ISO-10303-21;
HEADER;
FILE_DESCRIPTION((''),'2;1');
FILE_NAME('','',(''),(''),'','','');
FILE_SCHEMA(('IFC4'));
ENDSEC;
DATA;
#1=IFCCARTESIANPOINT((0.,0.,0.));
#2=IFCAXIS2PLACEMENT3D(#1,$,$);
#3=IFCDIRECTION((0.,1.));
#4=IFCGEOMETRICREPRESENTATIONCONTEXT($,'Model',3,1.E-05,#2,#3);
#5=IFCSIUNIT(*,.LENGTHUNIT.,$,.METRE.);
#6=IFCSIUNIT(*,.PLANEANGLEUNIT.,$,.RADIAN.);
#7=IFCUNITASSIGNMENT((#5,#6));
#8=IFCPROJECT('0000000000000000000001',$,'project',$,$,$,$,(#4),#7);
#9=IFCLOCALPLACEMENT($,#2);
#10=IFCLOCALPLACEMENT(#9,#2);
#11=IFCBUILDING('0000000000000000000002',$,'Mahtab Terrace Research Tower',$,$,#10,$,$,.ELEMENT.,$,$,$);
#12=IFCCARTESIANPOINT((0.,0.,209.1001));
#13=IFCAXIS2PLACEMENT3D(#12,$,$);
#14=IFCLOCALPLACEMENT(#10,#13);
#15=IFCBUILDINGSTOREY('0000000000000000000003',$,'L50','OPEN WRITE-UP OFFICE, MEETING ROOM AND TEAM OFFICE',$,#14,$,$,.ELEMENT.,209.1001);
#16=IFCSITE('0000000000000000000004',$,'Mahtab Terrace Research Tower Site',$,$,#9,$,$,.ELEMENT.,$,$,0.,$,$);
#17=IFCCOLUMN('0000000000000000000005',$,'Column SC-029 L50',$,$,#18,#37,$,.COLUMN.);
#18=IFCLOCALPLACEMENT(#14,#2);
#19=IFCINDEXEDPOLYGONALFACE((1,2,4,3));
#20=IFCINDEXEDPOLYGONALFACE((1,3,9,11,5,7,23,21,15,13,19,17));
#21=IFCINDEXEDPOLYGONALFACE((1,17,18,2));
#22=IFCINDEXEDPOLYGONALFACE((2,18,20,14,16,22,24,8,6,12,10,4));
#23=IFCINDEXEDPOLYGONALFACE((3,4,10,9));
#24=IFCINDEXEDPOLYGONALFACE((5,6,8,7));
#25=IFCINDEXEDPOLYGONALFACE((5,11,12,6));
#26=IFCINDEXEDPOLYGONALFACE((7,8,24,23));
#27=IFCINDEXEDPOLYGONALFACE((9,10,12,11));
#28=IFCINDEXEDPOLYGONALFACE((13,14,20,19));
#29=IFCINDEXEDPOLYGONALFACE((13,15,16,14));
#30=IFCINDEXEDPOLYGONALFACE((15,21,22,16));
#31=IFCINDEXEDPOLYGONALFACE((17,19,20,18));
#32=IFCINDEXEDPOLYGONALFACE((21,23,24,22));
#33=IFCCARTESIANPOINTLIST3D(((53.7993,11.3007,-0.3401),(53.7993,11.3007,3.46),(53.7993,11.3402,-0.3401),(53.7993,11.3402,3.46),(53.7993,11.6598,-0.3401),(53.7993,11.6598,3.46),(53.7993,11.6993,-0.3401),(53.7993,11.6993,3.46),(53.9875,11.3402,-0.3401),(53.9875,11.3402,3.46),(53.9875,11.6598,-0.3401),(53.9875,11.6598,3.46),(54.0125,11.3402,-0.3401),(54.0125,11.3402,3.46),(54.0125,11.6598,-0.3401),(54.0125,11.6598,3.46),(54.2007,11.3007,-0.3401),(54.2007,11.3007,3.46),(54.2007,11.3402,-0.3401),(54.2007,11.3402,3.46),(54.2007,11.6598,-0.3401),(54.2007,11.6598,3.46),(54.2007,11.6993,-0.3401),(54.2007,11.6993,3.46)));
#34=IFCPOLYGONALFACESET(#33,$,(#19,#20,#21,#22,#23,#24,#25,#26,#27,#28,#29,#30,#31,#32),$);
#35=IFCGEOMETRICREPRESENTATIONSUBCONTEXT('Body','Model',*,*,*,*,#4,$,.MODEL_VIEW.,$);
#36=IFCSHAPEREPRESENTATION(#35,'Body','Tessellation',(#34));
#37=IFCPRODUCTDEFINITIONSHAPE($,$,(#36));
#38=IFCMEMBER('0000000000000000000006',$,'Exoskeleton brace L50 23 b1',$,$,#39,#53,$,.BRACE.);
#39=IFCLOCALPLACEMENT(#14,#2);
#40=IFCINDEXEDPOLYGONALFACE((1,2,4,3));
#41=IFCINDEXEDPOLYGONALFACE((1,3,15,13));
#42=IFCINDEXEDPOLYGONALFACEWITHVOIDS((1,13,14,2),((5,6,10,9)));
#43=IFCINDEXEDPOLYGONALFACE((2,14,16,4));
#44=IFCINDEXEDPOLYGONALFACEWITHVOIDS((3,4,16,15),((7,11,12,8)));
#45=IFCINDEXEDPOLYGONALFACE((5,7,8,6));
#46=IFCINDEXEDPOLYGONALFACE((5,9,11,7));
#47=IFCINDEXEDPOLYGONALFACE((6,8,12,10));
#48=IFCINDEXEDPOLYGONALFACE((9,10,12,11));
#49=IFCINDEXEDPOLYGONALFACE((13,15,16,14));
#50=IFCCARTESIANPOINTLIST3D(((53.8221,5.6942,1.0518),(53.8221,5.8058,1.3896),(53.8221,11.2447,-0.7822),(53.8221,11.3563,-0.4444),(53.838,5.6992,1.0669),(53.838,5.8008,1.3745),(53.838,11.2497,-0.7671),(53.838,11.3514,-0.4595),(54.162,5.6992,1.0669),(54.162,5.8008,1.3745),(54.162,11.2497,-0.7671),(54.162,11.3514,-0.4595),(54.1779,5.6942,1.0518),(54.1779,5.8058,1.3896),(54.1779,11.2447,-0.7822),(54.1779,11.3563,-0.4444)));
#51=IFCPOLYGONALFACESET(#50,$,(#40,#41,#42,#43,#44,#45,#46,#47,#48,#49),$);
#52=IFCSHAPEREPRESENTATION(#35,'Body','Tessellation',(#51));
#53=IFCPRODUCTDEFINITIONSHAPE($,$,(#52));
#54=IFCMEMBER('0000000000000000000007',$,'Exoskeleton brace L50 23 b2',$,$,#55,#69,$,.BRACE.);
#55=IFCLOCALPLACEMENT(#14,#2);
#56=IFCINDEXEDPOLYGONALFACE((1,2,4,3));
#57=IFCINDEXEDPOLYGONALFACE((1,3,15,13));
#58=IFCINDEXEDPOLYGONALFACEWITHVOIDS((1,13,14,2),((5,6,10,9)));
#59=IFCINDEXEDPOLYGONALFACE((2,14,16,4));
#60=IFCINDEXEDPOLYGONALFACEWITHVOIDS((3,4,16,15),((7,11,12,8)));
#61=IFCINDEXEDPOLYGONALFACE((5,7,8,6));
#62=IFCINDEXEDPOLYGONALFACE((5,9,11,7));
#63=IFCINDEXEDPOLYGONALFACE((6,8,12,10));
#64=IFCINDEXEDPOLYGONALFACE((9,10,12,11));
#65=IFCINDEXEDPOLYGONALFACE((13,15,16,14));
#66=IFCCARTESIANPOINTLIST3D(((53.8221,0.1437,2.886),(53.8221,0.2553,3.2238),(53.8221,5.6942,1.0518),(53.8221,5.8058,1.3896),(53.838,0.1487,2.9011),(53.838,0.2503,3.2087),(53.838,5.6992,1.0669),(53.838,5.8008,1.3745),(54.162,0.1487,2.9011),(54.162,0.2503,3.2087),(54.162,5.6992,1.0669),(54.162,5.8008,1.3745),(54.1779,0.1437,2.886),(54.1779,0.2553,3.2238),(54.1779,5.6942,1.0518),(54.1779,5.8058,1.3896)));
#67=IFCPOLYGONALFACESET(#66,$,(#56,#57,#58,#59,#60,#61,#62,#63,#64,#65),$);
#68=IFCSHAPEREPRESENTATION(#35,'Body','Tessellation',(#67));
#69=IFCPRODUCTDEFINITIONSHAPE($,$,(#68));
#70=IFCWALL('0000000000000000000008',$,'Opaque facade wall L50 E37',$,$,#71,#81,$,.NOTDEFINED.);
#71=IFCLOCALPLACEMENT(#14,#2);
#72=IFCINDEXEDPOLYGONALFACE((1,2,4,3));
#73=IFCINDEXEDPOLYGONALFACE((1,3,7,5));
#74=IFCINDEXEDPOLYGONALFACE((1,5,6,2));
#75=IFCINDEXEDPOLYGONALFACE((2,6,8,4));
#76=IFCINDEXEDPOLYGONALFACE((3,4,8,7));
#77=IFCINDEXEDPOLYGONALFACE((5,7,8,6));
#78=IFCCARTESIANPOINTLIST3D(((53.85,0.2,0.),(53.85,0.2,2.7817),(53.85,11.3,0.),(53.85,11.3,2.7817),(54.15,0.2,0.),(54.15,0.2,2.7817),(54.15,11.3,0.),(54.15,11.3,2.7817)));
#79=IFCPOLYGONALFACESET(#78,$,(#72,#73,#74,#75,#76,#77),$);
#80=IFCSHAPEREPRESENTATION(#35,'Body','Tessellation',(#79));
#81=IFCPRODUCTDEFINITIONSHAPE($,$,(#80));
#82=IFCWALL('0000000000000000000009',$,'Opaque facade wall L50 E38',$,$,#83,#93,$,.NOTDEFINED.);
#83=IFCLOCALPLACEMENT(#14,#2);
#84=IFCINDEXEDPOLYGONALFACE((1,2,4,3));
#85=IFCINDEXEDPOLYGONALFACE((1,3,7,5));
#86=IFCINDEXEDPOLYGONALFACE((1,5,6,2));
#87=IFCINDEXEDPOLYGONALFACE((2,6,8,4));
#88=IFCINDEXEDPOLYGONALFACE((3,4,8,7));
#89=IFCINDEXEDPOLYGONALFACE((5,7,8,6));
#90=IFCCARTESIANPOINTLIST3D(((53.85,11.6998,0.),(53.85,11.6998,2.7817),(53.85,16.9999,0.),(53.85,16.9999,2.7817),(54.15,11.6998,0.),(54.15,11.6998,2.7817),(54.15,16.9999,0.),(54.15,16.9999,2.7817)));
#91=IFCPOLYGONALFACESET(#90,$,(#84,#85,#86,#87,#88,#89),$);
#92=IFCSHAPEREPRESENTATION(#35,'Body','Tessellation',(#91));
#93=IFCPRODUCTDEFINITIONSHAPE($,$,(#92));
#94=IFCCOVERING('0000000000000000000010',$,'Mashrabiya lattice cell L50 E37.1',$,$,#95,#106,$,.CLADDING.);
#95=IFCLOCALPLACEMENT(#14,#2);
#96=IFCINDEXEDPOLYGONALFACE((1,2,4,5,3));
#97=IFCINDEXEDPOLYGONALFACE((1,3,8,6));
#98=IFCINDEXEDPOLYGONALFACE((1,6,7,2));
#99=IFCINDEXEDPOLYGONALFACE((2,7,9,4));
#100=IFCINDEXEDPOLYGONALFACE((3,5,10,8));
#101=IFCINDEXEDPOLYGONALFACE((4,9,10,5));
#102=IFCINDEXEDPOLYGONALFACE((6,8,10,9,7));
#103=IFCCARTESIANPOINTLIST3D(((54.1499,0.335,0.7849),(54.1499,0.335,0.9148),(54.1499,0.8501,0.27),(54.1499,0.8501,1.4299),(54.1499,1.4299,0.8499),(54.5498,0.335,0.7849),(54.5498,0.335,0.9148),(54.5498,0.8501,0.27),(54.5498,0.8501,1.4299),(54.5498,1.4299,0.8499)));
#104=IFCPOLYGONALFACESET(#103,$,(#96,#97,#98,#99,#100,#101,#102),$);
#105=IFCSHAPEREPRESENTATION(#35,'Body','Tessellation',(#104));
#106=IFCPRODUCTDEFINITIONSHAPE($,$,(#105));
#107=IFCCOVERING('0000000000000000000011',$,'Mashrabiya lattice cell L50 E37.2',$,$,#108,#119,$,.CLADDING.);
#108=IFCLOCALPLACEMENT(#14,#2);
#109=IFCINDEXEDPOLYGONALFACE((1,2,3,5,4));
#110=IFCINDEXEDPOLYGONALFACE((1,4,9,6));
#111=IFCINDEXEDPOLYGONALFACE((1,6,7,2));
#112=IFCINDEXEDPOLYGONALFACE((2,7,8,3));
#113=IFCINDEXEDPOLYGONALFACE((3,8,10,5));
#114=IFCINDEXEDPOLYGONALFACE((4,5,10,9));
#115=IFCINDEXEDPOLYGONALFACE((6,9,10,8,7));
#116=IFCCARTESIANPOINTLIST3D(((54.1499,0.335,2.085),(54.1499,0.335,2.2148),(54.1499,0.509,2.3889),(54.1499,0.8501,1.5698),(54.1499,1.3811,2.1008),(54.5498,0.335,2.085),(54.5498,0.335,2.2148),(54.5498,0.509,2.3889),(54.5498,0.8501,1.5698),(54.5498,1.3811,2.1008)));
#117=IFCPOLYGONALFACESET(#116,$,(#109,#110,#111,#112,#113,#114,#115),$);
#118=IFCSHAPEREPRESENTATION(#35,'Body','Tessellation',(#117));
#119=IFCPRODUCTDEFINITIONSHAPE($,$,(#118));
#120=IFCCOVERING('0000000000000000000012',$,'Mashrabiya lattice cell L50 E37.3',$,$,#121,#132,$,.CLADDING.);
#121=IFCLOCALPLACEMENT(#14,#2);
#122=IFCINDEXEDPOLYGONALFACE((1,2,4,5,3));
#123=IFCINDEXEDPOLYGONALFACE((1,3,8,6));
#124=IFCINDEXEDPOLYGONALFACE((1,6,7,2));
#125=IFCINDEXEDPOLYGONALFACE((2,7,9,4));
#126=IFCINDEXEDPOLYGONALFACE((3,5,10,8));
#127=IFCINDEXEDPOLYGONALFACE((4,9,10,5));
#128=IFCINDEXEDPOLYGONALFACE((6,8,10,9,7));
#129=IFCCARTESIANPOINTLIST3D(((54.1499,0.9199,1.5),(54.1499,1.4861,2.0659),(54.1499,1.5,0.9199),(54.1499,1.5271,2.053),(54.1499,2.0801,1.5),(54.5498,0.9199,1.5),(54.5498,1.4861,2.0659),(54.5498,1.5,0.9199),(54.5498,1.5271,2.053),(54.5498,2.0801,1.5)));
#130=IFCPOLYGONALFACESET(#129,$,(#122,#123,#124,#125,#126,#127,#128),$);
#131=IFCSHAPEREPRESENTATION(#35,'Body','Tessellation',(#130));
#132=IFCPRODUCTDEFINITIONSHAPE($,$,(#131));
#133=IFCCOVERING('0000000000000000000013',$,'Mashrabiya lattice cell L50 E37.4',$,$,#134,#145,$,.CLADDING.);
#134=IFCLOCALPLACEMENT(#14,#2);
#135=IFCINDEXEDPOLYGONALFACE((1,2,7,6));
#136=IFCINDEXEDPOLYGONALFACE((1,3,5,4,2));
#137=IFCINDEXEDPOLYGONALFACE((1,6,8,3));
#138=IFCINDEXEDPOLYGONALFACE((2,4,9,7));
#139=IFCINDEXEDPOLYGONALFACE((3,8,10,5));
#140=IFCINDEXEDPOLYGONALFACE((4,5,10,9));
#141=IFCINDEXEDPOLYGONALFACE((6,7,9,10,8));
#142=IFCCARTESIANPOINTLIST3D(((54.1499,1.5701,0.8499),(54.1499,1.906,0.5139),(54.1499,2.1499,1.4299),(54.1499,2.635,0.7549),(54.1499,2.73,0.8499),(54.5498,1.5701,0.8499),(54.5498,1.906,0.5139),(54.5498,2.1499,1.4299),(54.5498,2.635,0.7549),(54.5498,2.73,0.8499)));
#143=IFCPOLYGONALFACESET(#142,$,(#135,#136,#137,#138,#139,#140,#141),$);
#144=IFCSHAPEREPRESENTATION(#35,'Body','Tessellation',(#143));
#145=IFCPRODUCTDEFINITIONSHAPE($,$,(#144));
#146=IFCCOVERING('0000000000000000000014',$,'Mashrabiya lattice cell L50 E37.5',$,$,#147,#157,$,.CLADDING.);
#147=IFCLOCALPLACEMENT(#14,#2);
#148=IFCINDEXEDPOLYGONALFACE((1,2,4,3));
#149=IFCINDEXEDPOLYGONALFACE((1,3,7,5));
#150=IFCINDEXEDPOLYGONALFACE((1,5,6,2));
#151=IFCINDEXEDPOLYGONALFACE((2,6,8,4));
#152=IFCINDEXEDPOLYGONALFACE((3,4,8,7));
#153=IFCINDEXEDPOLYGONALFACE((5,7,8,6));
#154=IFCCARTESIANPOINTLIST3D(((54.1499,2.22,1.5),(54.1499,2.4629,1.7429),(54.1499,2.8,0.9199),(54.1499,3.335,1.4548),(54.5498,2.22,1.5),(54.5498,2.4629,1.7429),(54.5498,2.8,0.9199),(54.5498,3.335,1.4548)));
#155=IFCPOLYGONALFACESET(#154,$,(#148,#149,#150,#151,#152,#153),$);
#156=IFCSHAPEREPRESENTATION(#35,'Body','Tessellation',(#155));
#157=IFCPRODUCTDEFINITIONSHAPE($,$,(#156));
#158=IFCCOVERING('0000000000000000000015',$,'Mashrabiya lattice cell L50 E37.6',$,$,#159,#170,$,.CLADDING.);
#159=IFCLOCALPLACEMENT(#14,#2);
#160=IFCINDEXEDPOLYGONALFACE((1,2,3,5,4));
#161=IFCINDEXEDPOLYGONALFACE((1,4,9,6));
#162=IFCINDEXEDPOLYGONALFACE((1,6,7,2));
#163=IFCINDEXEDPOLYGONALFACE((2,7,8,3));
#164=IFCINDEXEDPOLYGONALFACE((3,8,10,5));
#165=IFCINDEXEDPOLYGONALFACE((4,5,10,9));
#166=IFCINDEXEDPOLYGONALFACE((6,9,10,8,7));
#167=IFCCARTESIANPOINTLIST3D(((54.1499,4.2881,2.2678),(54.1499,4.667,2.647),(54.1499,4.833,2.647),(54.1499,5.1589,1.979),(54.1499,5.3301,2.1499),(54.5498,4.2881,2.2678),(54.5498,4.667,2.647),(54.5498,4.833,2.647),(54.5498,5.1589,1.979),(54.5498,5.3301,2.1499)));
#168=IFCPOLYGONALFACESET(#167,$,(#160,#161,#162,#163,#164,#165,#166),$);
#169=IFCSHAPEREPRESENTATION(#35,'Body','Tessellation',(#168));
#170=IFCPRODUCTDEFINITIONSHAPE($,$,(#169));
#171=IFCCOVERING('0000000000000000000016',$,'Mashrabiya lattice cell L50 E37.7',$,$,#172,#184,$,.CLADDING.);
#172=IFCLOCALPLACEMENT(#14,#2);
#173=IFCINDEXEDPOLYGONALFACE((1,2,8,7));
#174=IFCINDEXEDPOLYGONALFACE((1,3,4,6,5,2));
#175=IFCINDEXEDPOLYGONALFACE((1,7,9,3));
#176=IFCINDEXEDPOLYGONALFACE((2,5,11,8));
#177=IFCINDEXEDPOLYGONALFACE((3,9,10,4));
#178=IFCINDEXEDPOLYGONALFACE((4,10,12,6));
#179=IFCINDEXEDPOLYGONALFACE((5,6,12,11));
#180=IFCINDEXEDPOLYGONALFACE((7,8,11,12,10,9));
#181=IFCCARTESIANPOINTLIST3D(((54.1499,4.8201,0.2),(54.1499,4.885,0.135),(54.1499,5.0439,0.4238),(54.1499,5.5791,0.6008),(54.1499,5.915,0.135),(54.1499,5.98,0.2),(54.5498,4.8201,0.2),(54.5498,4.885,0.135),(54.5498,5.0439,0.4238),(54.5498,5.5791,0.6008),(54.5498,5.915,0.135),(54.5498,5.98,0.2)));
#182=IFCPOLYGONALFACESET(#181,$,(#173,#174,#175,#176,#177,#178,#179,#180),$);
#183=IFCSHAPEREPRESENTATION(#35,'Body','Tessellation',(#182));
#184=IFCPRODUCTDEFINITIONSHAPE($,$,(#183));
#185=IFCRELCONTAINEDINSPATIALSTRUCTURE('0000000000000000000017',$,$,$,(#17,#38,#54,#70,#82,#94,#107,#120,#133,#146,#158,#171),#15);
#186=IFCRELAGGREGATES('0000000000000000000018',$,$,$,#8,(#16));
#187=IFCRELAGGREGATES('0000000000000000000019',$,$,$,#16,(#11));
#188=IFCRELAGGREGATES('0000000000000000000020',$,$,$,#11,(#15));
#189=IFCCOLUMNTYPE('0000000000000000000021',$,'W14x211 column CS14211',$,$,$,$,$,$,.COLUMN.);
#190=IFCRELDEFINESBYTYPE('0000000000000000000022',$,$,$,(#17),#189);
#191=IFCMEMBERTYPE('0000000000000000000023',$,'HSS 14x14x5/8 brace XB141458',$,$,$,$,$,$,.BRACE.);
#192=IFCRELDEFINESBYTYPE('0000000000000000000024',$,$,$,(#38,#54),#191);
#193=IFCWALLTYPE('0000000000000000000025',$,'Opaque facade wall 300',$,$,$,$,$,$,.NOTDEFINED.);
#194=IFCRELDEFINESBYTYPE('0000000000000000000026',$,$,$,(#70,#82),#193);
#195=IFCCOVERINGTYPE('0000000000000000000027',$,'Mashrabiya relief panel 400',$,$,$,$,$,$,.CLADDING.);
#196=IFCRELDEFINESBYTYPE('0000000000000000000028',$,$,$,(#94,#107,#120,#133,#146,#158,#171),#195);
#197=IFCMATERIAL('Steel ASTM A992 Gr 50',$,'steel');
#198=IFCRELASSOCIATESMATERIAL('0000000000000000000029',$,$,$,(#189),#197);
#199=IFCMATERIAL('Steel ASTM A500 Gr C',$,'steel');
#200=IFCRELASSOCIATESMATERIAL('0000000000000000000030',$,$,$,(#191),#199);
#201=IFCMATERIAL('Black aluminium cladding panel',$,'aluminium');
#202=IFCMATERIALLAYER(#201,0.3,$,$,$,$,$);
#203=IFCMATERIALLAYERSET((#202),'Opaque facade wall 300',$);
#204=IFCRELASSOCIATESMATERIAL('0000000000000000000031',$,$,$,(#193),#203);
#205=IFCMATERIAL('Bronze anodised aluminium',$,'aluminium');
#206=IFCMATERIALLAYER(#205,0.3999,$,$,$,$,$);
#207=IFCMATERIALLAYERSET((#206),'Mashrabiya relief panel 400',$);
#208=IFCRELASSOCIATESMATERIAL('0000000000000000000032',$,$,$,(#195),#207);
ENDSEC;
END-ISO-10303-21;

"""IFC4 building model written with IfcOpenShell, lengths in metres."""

from ifc_helpers import new_model, si_unit, direction, frame, frame_2d, origin, origin_2d, place, context, subcontext, project, spatial, polyline, rectangle, hollow_rectangle, i_section, outline, extrude, material, layer, layer_set, material_profile, profile_set, type_object, element, save


model = new_model("IFC4")

# Units and contexts
model_context = context("Model", 3, precision=1e-05, world=origin(), true_north=direction((0.0, 1.0)))
body_context = subcontext(model_context, "Body", "Model", "MODEL_VIEW")
ifc_project = project(units=[si_unit("LENGTHUNIT", "METRE"), si_unit("PLANEANGLEUNIT", "RADIAN")], contexts=[model_context])

# Site, building, storey
site_placement = place(None, origin())
site = spatial("IfcSite", under=ifc_project, at=site_placement, Name="Mahtab Terrace Research Tower Site", CompositionType="ELEMENT", RefElevation=0.0)
building_placement = place(site_placement, origin())
building = spatial("IfcBuilding", under=site, at=building_placement, Name="Mahtab Terrace Research Tower", CompositionType="ELEMENT")
storey_placement = place(building_placement, frame((0.0, 0.0, 209.1001)))
storey = spatial("IfcBuildingStorey", under=building, at=storey_placement, Name="L50", Description="OPEN WRITE-UP OFFICE, MEETING ROOM AND TEAM OFFICE", CompositionType="ELEMENT", Elevation=209.1001)

# Column
ifc_material_1 = material(Name="Steel ASTM A992 Gr 50", Category="steel")
ifc_material_profile_1 = material_profile(ifc_material_1, i_section(OverallWidth=0.4014, OverallDepth=0.3987, WebThickness=0.0249, FlangeThickness=0.0396, at=origin_2d()), Name="W14X211")
ifc_profile_set_1 = profile_set([ifc_material_profile_1], Name="Steel ASTM A992 Gr 50")
column_type = type_object("IfcColumnType", Name="W14x211 column CS14211", PredefinedType="COLUMN", material=ifc_profile_set_1)
column_placement = place(storey_placement, frame((54.0, 11.5, -0.3401), z_axis=(0.0, 0.0, 1.0), x_axis=(1.0, 0.0, 0.0)))
element("IfcColumn", 1, at=column_placement, inside=storey, type_object=column_type, Name="Column SC-029 L50", PredefinedType="COLUMN", context=body_context, shape_type="SweptSolid", body=[
    extrude(i_section(OverallWidth=0.4014, OverallDepth=0.3987, WebThickness=0.0249, FlangeThickness=0.0396, at=origin_2d()), origin(), (0.0, 0.0, 1.0), 3.8),
])

# Members
ifc_material_2 = material(Name="Steel ASTM A500 Gr C", Category="steel")
ifc_material_profile_2 = material_profile(ifc_material_2, hollow_rectangle(XDim=0.3557, YDim=0.3557, WallThickness=0.0159, at=origin_2d()), Name="HSS14X14X5/8")
ifc_profile_set_2 = profile_set([ifc_material_profile_2], Name="Steel ASTM A500 Gr C")
member_type = type_object("IfcMemberType", Name="HSS 14x14x5/8 brace XB141458", PredefinedType="BRACE", material=ifc_profile_set_2)
for number, where, z_axis, x_axis, name in (
    (2, (54.0, 11.3005, -0.6133), (0.0, -0.949511, 0.313733), (1.0, 0.0, 0.0), "Exoskeleton brace L50 23 b1"),
    (3, (54.0, 5.75, 1.2207), (0.0, -0.949499, 0.313771), (1.0, 0.0, 0.0), "Exoskeleton brace L50 23 b2"),
):
    element("IfcMember", number, at=place(storey_placement, frame(where, z_axis=z_axis, x_axis=x_axis)), inside=storey, type_object=member_type, Name=name, PredefinedType="BRACE", context=body_context, shape_type="SweptSolid", body=[
        extrude(hollow_rectangle(XDim=0.3557, YDim=0.3557, WallThickness=0.0159, at=origin_2d()), origin(), (0.0, 0.0, 1.0), 5.8457),
    ])

# Walls
ifc_material_3 = material(Name="Black aluminium cladding panel", Category="aluminium")
ifc_layer_1 = layer(ifc_material_3, 0.3)
ifc_layer_set_1 = layer_set([ifc_layer_1], Name="Opaque facade wall 300")
wall_type = type_object("IfcWallType", Name="Opaque facade wall 300", PredefinedType="NOTDEFINED", material=ifc_layer_set_1)
wall_1_placement = place(storey_placement, frame((54.0, 0.2, 0.0), z_axis=(0.0, 0.0, 1.0), x_axis=(0.0, 1.0, 0.0)))
element("IfcWall", 4, at=wall_1_placement, inside=storey, type_object=wall_type, Name="Opaque facade wall L50 E37", PredefinedType="NOTDEFINED", context=body_context, shape_type="SweptSolid", body=[
    extrude(rectangle(XDim=11.1001, YDim=0.3, at=frame_2d((5.55, 0.0))), origin(), (0.0, 0.0, 1.0), 2.7817),
])
wall_2_placement = place(storey_placement, frame((54.0, 11.7, 0.0), z_axis=(0.0, 0.0, 1.0), x_axis=(0.0, 1.0, 0.0)))
element("IfcWall", 5, at=wall_2_placement, inside=storey, type_object=wall_type, Name="Opaque facade wall L50 E38", PredefinedType="NOTDEFINED", context=body_context, shape_type="SweptSolid", body=[
    extrude(rectangle(XDim=5.3, YDim=0.3, at=frame_2d((2.6499, 0.0))), origin(), (0.0, 0.0, 1.0), 2.7817),
])

# Coverings
ifc_material_4 = material(Name="Bronze anodised aluminium", Category="aluminium")
ifc_layer_2 = layer(ifc_material_4, 0.3999)
ifc_layer_set_2 = layer_set([ifc_layer_2], Name="Mashrabiya relief panel 400")
covering_type_1 = type_object("IfcCoveringType", Name="Mashrabiya relief panel 400", PredefinedType="CLADDING", material=ifc_layer_set_2)
covering_1_placement = place(storey_placement, frame((54.1499, 0.8501, 1.4299), z_axis=(-1.0, 0.0, 0.0), x_axis=(0.0, 0.706958, -0.707256)))
element("IfcCovering", 6, at=covering_1_placement, inside=storey, type_object=covering_type_1, Name="Mashrabiya lattice cell L50 E37.1", PredefinedType="CLADDING", context=body_context, shape_type="SweptSolid", body=[
    extrude(outline(polyline([(0.0, 0.0), (0.8202, 0.0), (0.8204, 0.82), (0.092, 0.8203), (0.0002, 0.7285), (0.0, 0.0)])), origin(), (0.0, 0.0, -1.0), 0.3999),
])
covering_2_placement = place(storey_placement, frame((54.1499, 0.8501, 1.5698), z_axis=(-1.0, 0.0, 0.0), x_axis=(0.0, -0.707107, 0.707107)))
element("IfcCovering", 7, at=covering_2_placement, inside=storey, type_object=covering_type_1, Name="Mashrabiya lattice cell L50 E37.2", PredefinedType="CLADDING", context=body_context, shape_type="SweptSolid", body=[
    extrude(outline(polyline([(0.0, 0.0), (0.7285, 0.0), (0.8204, 0.0918), (0.8204, 0.338), (0.0, 0.751), (0.0, 0.0)])), origin(), (0.0, 0.0, -1.0), 0.3999),
])
covering_3_placement = place(storey_placement, frame((54.1499, 2.0801, 1.5), z_axis=(-1.0, 0.0, 0.0), x_axis=(0.0, -0.707107, -0.707107)))
element("IfcCovering", 8, at=covering_3_placement, inside=storey, type_object=covering_type_1, Name="Mashrabiya lattice cell L50 E37.3", PredefinedType="CLADDING", context=body_context, shape_type="SweptSolid", body=[
    extrude(outline(polyline([(0.0, 0.0), (0.8204, 0.0), (0.8204, 0.8204), (0.0199, 0.8202), (0.0, 0.782), (0.0, 0.0)])), origin(), (0.0, 0.0, -1.0), 0.3999),
])
covering_4_placement = place(storey_placement, frame((54.1499, 1.5701, 0.8499), z_axis=(-1.0, 0.0, 0.0), x_axis=(0.0, 0.706958, 0.707256)))
element("IfcCovering", 9, at=covering_4_placement, inside=storey, type_object=covering_type_1, Name="Mashrabiya lattice cell L50 E37.4", PredefinedType="CLADDING", context=body_context, shape_type="SweptSolid", body=[
    extrude(outline(polyline([(0.0, 0.0), (0.8202, 0.0), (0.82, 0.8204), (0.6857, 0.8203), (-0.0001, 0.4751), (0.0, 0.0)])), origin(), (0.0, 0.0, -1.0), 0.3999),
])
covering_5_placement = place(storey_placement, frame((54.1499, 2.8, 0.9199), z_axis=(-1.0, 0.0, 0.0), x_axis=(0.0, -0.707107, 0.707107)))
element("IfcCovering", 10, at=covering_5_placement, inside=storey, type_object=covering_type_1, Name="Mashrabiya lattice cell L50 E37.5", PredefinedType="CLADDING", context=body_context, shape_type="SweptSolid", body=[
    extrude(outline(polyline([(0.0, 0.0), (0.8204, 0.0), (0.8204, 0.3435), (0.0, 0.7565), (0.0, 0.0)])), origin(), (0.0, 0.0, -1.0), 0.3999),
])
covering_6_placement = place(storey_placement, frame((54.1499, 5.3301, 2.1499), z_axis=(-1.0, 0.0, 0.0), x_axis=(0.0, -0.707611, -0.706602)))
element("IfcCovering", 11, at=covering_6_placement, inside=storey, type_object=covering_type_1, Name="Mashrabiya lattice cell L50 E37.6", PredefinedType="CLADDING", context=body_context, shape_type="SweptSolid", body=[
    extrude(outline(polyline([(0.0, 0.0), (0.2419, 0.0), (0.654, 0.8197), (0.118, 0.8203), (0.0005, 0.703), (0.0, 0.0)])), origin(), (0.0, 0.0, -1.0), 0.3999),
])
covering_7_placement = place(storey_placement, frame((54.1499, 4.8201, 0.2), z_axis=(-1.0, 0.0, 0.0), x_axis=(0.0, 0.707107, 0.707107)))
element("IfcCovering", 12, at=covering_7_placement, inside=storey, type_object=covering_type_1, Name="Mashrabiya lattice cell L50 E37.7", PredefinedType="CLADDING", context=body_context, shape_type="SweptSolid", body=[
    extrude(outline(polyline([(0.0, 0.0), (0.3166, 0.0), (0.8202, 0.2533), (0.8202, 0.8202), (0.7283, 0.8202), (0.0, 0.0918), (0.0, 0.0)])), origin(), (0.0, 0.0, -1.0), 0.3999),
])

save(model, "model.ifc")
